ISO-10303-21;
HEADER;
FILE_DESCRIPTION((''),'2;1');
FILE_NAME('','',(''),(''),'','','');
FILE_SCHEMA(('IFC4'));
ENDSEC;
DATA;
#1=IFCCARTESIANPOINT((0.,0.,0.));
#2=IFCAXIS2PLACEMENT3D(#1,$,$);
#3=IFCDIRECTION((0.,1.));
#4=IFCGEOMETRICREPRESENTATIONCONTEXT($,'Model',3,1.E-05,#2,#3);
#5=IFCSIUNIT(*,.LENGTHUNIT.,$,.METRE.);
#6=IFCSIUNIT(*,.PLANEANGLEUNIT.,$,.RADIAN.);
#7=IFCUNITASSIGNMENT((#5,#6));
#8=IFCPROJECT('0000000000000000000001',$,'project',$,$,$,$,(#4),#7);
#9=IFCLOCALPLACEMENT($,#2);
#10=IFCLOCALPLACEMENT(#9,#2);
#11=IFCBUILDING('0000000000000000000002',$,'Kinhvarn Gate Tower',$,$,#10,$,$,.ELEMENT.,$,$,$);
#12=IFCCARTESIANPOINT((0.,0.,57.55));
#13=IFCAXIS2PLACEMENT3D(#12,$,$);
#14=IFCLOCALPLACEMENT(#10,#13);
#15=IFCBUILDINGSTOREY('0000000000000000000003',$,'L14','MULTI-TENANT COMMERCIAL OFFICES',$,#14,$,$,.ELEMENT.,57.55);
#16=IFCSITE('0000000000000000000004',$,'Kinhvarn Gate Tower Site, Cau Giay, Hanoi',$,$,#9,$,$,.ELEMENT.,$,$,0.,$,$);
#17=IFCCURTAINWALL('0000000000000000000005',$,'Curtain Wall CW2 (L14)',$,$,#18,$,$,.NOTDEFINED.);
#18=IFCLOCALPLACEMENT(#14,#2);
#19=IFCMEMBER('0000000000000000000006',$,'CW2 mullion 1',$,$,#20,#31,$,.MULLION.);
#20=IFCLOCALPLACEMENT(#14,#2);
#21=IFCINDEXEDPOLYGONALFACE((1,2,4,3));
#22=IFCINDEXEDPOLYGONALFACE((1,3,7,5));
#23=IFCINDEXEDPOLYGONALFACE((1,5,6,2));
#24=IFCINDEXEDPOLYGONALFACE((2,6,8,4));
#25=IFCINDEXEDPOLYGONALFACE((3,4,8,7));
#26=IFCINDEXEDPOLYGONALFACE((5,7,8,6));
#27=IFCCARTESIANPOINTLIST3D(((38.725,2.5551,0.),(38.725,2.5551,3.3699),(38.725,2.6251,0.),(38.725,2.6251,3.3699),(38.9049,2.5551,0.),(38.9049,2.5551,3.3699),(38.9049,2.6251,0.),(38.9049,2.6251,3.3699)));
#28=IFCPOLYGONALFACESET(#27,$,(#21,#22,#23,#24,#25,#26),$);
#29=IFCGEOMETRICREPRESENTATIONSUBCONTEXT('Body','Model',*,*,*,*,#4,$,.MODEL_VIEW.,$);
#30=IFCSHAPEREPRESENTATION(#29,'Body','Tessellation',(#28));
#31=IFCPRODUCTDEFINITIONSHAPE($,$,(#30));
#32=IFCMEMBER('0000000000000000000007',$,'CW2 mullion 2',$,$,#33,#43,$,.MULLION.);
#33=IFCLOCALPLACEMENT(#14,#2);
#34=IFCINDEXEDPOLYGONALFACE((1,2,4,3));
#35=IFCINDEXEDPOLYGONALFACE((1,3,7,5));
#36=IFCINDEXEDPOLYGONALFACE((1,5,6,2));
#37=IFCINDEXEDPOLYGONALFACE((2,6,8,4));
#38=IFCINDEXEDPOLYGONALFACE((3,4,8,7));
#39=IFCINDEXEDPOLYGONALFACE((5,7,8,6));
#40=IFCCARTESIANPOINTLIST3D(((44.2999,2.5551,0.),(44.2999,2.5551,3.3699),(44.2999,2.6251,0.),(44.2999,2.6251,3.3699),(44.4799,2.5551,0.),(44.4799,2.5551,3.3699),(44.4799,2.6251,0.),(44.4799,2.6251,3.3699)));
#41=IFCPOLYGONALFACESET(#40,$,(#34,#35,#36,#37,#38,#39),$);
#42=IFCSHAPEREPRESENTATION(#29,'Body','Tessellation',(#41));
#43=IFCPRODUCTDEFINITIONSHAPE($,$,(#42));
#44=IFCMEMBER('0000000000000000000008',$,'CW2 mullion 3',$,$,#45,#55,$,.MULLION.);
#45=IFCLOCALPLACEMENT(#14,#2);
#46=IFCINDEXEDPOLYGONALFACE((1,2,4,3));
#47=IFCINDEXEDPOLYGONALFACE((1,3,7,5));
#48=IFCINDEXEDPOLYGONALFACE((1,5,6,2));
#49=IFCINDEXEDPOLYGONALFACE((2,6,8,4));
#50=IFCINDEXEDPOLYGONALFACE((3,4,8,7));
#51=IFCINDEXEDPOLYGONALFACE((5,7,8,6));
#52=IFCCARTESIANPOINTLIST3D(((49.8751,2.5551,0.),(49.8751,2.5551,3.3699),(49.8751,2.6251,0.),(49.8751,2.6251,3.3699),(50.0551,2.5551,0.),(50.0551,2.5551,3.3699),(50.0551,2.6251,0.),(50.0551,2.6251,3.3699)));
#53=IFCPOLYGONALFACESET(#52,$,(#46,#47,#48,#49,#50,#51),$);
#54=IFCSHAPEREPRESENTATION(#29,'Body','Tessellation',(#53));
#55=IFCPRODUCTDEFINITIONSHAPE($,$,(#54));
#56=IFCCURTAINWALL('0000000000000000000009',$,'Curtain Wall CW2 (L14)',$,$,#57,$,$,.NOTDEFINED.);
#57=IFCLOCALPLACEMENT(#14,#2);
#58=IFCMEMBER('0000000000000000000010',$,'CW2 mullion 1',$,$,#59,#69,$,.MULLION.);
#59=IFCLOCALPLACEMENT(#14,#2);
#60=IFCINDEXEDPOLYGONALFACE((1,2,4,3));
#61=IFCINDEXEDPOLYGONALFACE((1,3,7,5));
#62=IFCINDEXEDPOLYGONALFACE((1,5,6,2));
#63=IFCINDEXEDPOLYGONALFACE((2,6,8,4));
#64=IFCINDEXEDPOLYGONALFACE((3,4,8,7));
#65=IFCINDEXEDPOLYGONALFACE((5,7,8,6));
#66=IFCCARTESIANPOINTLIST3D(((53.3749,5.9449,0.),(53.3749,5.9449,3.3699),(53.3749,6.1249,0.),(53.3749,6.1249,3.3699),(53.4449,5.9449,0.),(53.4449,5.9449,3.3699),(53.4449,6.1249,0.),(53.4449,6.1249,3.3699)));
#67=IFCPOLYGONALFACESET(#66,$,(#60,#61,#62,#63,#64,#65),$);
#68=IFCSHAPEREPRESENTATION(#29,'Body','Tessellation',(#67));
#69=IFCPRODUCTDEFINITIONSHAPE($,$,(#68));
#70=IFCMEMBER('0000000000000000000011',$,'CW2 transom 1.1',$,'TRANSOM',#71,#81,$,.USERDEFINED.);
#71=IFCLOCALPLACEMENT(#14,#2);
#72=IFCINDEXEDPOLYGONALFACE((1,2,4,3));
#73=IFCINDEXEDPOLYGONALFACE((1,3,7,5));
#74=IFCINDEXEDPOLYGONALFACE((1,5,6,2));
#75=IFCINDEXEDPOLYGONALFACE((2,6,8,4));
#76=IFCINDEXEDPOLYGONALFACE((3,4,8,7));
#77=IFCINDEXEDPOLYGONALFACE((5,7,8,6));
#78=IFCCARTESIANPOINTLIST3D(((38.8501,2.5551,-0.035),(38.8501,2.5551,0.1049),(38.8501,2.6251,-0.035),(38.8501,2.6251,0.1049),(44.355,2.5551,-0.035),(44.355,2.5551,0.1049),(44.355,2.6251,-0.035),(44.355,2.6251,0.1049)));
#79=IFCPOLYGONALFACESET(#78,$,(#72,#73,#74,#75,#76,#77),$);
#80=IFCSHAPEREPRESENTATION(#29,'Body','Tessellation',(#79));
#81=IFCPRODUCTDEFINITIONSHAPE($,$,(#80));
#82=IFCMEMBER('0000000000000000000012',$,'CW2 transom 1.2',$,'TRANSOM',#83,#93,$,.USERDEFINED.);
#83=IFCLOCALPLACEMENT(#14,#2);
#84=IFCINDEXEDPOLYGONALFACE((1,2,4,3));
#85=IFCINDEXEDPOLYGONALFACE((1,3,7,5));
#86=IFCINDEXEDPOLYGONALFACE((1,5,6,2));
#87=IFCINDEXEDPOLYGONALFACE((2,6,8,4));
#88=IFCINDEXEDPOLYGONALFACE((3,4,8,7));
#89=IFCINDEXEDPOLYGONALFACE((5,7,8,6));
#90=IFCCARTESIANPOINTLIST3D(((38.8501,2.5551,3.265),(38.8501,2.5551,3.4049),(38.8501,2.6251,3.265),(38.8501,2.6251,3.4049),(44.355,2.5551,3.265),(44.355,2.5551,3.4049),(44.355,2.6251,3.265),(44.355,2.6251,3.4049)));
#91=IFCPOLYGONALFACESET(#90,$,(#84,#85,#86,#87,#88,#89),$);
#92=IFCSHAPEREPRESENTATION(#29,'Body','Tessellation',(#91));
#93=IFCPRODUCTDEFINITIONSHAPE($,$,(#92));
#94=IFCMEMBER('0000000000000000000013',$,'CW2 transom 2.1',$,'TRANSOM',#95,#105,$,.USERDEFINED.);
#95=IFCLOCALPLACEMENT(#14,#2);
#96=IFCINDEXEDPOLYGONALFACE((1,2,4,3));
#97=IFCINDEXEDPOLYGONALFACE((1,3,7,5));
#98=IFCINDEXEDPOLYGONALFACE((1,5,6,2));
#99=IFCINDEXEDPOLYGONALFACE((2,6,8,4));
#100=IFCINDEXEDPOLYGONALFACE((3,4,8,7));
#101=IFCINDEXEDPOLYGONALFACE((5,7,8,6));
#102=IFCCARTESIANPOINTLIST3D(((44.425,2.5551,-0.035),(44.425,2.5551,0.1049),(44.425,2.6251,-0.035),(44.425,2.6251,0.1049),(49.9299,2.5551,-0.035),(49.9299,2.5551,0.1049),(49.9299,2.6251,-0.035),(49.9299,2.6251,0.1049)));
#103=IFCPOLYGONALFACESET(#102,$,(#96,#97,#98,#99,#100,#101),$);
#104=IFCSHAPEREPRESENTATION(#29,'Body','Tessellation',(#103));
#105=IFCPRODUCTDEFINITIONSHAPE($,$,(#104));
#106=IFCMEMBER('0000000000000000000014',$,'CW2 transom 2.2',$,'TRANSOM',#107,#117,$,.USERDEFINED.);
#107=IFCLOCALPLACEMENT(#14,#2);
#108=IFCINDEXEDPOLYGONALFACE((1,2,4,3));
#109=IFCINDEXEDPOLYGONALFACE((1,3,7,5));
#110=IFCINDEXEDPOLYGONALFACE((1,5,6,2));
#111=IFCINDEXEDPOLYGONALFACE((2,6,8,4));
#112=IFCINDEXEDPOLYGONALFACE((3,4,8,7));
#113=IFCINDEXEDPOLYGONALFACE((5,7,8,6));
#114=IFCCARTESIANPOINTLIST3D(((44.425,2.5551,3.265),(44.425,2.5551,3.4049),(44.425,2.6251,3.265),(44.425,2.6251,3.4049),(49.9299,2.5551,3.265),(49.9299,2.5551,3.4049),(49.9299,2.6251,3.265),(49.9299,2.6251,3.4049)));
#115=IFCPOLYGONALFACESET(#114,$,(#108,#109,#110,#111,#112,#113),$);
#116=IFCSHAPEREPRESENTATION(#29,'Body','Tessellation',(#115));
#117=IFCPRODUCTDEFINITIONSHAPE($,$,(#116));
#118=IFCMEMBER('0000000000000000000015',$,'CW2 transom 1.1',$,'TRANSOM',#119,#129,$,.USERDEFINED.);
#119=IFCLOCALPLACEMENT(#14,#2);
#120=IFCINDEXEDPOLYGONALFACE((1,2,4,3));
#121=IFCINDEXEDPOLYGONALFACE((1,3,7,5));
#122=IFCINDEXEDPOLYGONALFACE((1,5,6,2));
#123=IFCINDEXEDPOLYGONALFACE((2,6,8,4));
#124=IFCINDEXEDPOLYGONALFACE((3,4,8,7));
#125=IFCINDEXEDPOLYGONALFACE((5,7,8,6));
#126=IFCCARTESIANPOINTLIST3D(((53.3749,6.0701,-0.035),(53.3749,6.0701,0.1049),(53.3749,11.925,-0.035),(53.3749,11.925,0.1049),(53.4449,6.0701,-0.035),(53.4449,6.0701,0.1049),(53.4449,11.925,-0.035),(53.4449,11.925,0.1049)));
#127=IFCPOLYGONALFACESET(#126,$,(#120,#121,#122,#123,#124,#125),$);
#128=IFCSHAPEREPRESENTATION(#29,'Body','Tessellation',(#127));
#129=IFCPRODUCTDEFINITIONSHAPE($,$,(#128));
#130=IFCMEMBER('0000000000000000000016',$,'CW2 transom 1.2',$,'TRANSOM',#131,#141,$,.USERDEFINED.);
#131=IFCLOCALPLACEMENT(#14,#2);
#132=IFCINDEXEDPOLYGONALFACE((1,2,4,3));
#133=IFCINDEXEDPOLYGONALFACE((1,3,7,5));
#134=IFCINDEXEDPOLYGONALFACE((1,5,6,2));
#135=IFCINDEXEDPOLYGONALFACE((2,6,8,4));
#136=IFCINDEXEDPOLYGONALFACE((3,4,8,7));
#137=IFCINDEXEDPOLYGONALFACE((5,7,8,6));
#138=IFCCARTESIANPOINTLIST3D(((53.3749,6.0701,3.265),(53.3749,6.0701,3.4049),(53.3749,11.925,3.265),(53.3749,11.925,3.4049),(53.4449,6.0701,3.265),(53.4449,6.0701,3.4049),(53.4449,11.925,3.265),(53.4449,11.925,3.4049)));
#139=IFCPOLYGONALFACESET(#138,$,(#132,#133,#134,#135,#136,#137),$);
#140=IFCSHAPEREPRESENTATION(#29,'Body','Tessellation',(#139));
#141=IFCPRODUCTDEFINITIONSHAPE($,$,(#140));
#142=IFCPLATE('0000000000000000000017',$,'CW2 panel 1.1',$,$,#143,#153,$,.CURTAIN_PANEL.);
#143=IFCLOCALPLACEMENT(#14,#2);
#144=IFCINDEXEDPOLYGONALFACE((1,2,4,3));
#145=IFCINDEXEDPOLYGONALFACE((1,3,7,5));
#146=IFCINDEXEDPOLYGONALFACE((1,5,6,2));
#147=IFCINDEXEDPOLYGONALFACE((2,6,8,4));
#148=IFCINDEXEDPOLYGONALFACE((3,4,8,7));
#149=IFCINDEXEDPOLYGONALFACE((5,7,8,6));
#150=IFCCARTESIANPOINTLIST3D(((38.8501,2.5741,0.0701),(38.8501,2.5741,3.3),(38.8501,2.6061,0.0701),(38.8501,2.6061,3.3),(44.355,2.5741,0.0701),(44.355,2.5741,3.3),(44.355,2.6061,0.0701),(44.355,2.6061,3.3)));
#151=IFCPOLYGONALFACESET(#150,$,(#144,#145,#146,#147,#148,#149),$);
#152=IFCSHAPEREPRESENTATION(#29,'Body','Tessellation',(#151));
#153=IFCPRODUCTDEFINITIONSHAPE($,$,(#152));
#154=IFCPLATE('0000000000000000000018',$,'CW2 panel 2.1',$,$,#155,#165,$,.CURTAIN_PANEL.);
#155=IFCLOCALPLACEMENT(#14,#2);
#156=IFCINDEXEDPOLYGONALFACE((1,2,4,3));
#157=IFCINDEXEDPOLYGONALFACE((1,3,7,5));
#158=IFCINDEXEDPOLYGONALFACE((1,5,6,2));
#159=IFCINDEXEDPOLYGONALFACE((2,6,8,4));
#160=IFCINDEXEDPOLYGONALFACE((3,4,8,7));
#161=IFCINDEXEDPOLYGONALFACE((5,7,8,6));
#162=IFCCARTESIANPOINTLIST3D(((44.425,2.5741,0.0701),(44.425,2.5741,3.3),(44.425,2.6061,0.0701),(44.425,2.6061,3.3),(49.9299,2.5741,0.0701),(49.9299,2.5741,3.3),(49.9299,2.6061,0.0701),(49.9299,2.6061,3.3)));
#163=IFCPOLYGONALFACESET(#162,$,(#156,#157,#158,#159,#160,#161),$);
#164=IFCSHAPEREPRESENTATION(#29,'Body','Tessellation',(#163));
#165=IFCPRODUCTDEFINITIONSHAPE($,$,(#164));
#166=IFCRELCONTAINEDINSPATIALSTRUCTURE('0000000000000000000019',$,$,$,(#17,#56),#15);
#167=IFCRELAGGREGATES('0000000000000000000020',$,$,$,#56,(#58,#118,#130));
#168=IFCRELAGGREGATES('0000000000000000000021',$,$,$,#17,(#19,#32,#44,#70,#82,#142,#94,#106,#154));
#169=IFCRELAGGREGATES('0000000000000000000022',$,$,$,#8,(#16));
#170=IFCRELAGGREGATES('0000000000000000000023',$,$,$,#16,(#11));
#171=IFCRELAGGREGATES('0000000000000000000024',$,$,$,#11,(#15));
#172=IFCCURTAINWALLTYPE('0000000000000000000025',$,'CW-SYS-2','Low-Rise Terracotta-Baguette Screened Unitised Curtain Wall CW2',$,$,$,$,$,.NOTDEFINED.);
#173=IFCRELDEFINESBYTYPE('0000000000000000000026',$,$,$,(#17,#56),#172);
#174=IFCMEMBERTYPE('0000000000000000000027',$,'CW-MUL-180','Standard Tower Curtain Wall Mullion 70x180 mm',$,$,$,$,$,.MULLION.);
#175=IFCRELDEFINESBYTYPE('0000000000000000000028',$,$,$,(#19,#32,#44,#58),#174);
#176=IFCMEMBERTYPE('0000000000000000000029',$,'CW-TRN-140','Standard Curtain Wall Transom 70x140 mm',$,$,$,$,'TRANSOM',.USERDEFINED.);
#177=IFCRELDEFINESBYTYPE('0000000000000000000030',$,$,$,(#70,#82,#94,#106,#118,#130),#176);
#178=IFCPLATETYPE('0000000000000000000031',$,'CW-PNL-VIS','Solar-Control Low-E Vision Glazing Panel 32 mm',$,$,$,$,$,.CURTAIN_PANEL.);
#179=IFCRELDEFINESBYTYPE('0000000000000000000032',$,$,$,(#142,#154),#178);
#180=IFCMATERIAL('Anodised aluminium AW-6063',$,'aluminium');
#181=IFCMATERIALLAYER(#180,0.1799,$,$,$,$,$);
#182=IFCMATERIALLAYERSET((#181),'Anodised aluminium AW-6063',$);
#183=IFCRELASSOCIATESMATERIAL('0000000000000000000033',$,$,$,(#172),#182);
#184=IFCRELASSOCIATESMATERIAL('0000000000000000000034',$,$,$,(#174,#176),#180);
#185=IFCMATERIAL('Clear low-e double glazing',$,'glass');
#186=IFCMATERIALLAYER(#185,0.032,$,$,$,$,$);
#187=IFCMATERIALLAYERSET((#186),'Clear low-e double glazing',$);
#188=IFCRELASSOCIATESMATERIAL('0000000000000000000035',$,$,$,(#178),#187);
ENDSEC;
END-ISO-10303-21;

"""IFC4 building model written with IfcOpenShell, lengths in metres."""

from ifc_helpers import new_model, si_unit, direction, frame, origin, origin_2d, place, context, subcontext, project, spatial, rectangle, extrude, material, layer, layer_set, material_profile, profile_set, type_object, element, aggregate, save


model = new_model("IFC4")

# Units and contexts
model_context = context("Model", 3, precision=1e-05, world=origin(), true_north=direction((0.0, 1.0)))
body_context = subcontext(model_context, "Body", "Model", "MODEL_VIEW")
ifc_project = project(units=[si_unit("LENGTHUNIT", "METRE"), si_unit("PLANEANGLEUNIT", "RADIAN")], contexts=[model_context])

# Site, building, storey
site_placement = place(None, origin())
site = spatial("IfcSite", under=ifc_project, at=site_placement, Name="Kinhvarn Gate Tower Site, Cau Giay, Hanoi", CompositionType="ELEMENT", RefElevation=0.0)
building_placement = place(site_placement, origin())
building = spatial("IfcBuilding", under=site, at=building_placement, Name="Kinhvarn Gate Tower", CompositionType="ELEMENT")
storey_placement = place(building_placement, frame((0.0, 0.0, 57.55)))
storey = spatial("IfcBuildingStorey", under=building, at=storey_placement, Name="L14", Description="MULTI-TENANT COMMERCIAL OFFICES", CompositionType="ELEMENT", Elevation=57.55)

# Curtain wall, members
ifc_material_1 = material(Name="Anodised aluminium AW-6063", Category="aluminium")
ifc_layer_1 = layer(ifc_material_1, 0.1799)
ifc_layer_set_1 = layer_set([ifc_layer_1], Name="Anodised aluminium AW-6063")
curtain_wall_type = type_object("IfcCurtainWallType", Name="CW-SYS-2", Description="Low-Rise Terracotta-Baguette Screened Unitised Curtain Wall CW2", PredefinedType="NOTDEFINED", material=ifc_layer_set_1)
curtain_wall_1_placement = place(storey_placement, origin())
curtain_wall_1 = element("IfcCurtainWall", 1, at=curtain_wall_1_placement, inside=storey, type_object=curtain_wall_type, Name="Curtain Wall CW2 (L14)", PredefinedType="NOTDEFINED")
ifc_material_profile_1 = material_profile(ifc_material_1, rectangle(XDim=0.0701, YDim=0.1799, at=origin_2d()), Name="ALU 70x180")
ifc_profile_set_1 = profile_set([ifc_material_profile_1], Name="Anodised aluminium AW-6063")
member_type_1 = type_object("IfcMemberType", Name="CW-MUL-180", Description="Standard Tower Curtain Wall Mullion 70x180 mm", PredefinedType="MULLION", material=ifc_profile_set_1)
member_1_placement = place(storey_placement, frame((38.8149, 2.5901, 0.0), z_axis=(0.0, 0.0, 1.0), x_axis=(0.0, 1.0, 0.0)))
member_1 = element("IfcMember", 2, at=member_1_placement, type_object=member_type_1, Name="CW2 mullion 1", PredefinedType="MULLION", context=body_context, shape_type="SweptSolid", body=[
    extrude(rectangle(XDim=0.0701, YDim=0.1799, at=origin_2d()), origin(), (0.0, 0.0, 1.0), 3.3699),
])
member_2_placement = place(storey_placement, frame((44.3899, 2.5901, 0.0), z_axis=(0.0, 0.0, 1.0), x_axis=(0.0, 1.0, 0.0)))
member_2 = element("IfcMember", 3, at=member_2_placement, type_object=member_type_1, Name="CW2 mullion 2", PredefinedType="MULLION", context=body_context, shape_type="SweptSolid", body=[
    extrude(rectangle(XDim=0.0701, YDim=0.1799, at=origin_2d()), origin(), (0.0, 0.0, 1.0), 3.3699),
])
member_3_placement = place(storey_placement, frame((49.9651, 2.5901, 0.0), z_axis=(0.0, 0.0, 1.0), x_axis=(0.0, 1.0, 0.0)))
member_3 = element("IfcMember", 4, at=member_3_placement, type_object=member_type_1, Name="CW2 mullion 3", PredefinedType="MULLION", context=body_context, shape_type="SweptSolid", body=[
    extrude(rectangle(XDim=0.0701, YDim=0.1799, at=origin_2d()), origin(), (0.0, 0.0, 1.0), 3.3699),
])

# Curtain wall, member
curtain_wall_2_placement = place(storey_placement, origin())
curtain_wall_2 = element("IfcCurtainWall", 5, at=curtain_wall_2_placement, inside=storey, type_object=curtain_wall_type, Name="Curtain Wall CW2 (L14)", PredefinedType="NOTDEFINED")
member_4_placement = place(storey_placement, frame((53.4099, 6.0349, 0.0), z_axis=(0.0, 0.0, 1.0), x_axis=(-1.0, 0.0, 0.0)))
member_4 = element("IfcMember", 6, at=member_4_placement, type_object=member_type_1, Name="CW2 mullion 1", PredefinedType="MULLION", context=body_context, shape_type="SweptSolid", body=[
    extrude(rectangle(XDim=0.0701, YDim=0.1799, at=origin_2d()), origin(), (0.0, 0.0, 1.0), 3.3699),
])

# Members
ifc_material_profile_2 = material_profile(ifc_material_1, rectangle(XDim=0.0701, YDim=0.1399, at=origin_2d()), Name="ALU 70x140")
ifc_profile_set_2 = profile_set([ifc_material_profile_2], Name="Anodised aluminium AW-6063")
member_type_2 = type_object("IfcMemberType", Name="CW-TRN-140", Description="Standard Curtain Wall Transom 70x140 mm", ElementType="TRANSOM", PredefinedType="USERDEFINED", material=ifc_profile_set_2)
member_5_placement = place(storey_placement, frame((38.8501, 2.5901, 0.0349), z_axis=(1.0, 0.0, 0.0), x_axis=(0.0, 1.0, 0.0)))
member_5 = element("IfcMember", 7, at=member_5_placement, type_object=member_type_2, Name="CW2 transom 1.1", ObjectType="TRANSOM", PredefinedType="USERDEFINED", context=body_context, shape_type="SweptSolid", body=[
    extrude(rectangle(XDim=0.0701, YDim=0.1399, at=origin_2d()), origin(), (0.0, 0.0, 1.0), 5.5049),
])
member_6_placement = place(storey_placement, frame((38.8501, 2.5901, 3.335), z_axis=(1.0, 0.0, 0.0), x_axis=(0.0, 1.0, 0.0)))
member_6 = element("IfcMember", 8, at=member_6_placement, type_object=member_type_2, Name="CW2 transom 1.2", ObjectType="TRANSOM", PredefinedType="USERDEFINED", context=body_context, shape_type="SweptSolid", body=[
    extrude(rectangle(XDim=0.0701, YDim=0.1399, at=origin_2d()), origin(), (0.0, 0.0, 1.0), 5.5049),
])
member_7_placement = place(storey_placement, frame((44.425, 2.5901, 0.0349), z_axis=(1.0, 0.0, 0.0), x_axis=(0.0, 1.0, 0.0)))
member_7 = element("IfcMember", 9, at=member_7_placement, type_object=member_type_2, Name="CW2 transom 2.1", ObjectType="TRANSOM", PredefinedType="USERDEFINED", context=body_context, shape_type="SweptSolid", body=[
    extrude(rectangle(XDim=0.0701, YDim=0.1399, at=origin_2d()), origin(), (0.0, 0.0, 1.0), 5.5049),
])
member_8_placement = place(storey_placement, frame((44.425, 2.5901, 3.335), z_axis=(1.0, 0.0, 0.0), x_axis=(0.0, 1.0, 0.0)))
member_8 = element("IfcMember", 10, at=member_8_placement, type_object=member_type_2, Name="CW2 transom 2.2", ObjectType="TRANSOM", PredefinedType="USERDEFINED", context=body_context, shape_type="SweptSolid", body=[
    extrude(rectangle(XDim=0.0701, YDim=0.1399, at=origin_2d()), origin(), (0.0, 0.0, 1.0), 5.5049),
])
member_9_placement = place(storey_placement, frame((53.4099, 6.0701, 0.0349), z_axis=(0.0, 1.0, 0.0), x_axis=(-1.0, 0.0, 0.0)))
member_9 = element("IfcMember", 11, at=member_9_placement, type_object=member_type_2, Name="CW2 transom 1.1", ObjectType="TRANSOM", PredefinedType="USERDEFINED", context=body_context, shape_type="SweptSolid", body=[
    extrude(rectangle(XDim=0.0701, YDim=0.1399, at=origin_2d()), origin(), (0.0, 0.0, 1.0), 5.855),
])
member_10_placement = place(storey_placement, frame((53.4099, 6.0701, 3.335), z_axis=(0.0, 1.0, 0.0), x_axis=(-1.0, 0.0, 0.0)))
member_10 = element("IfcMember", 12, at=member_10_placement, type_object=member_type_2, Name="CW2 transom 1.2", ObjectType="TRANSOM", PredefinedType="USERDEFINED", context=body_context, shape_type="SweptSolid", body=[
    extrude(rectangle(XDim=0.0701, YDim=0.1399, at=origin_2d()), origin(), (0.0, 0.0, 1.0), 5.855),
])
aggregate(curtain_wall_2, [member_4, member_9, member_10])

# Plates
ifc_material_2 = material(Name="Clear low-e double glazing", Category="glass")
ifc_layer_2 = layer(ifc_material_2, 0.032)
ifc_layer_set_2 = layer_set([ifc_layer_2], Name="Clear low-e double glazing")
plate_type = type_object("IfcPlateType", Name="CW-PNL-VIS", Description="Solar-Control Low-E Vision Glazing Panel 32 mm", PredefinedType="CURTAIN_PANEL", material=ifc_layer_set_2)
plate_1_placement = place(storey_placement, frame((41.6025, 2.5901, 0.0701), z_axis=(0.0, 0.0, 1.0), x_axis=(1.0, 0.0, 0.0)))
plate_1 = element("IfcPlate", 13, at=plate_1_placement, type_object=plate_type, Name="CW2 panel 1.1", PredefinedType="CURTAIN_PANEL", context=body_context, shape_type="SweptSolid", body=[
    extrude(rectangle(XDim=5.5049, YDim=0.032, at=origin_2d()), origin(), (0.0, 0.0, 1.0), 3.23),
])
plate_2_placement = place(storey_placement, frame((47.1775, 2.5901, 0.0701), z_axis=(0.0, 0.0, 1.0), x_axis=(1.0, 0.0, 0.0)))
plate_2 = element("IfcPlate", 14, at=plate_2_placement, type_object=plate_type, Name="CW2 panel 2.1", PredefinedType="CURTAIN_PANEL", context=body_context, shape_type="SweptSolid", body=[
    extrude(rectangle(XDim=5.5049, YDim=0.032, at=origin_2d()), origin(), (0.0, 0.0, 1.0), 3.23),
])
aggregate(curtain_wall_1, [member_1, member_2, member_3, member_5, member_6, plate_1, member_7, member_8, plate_2])

save(model, "model.ifc")
